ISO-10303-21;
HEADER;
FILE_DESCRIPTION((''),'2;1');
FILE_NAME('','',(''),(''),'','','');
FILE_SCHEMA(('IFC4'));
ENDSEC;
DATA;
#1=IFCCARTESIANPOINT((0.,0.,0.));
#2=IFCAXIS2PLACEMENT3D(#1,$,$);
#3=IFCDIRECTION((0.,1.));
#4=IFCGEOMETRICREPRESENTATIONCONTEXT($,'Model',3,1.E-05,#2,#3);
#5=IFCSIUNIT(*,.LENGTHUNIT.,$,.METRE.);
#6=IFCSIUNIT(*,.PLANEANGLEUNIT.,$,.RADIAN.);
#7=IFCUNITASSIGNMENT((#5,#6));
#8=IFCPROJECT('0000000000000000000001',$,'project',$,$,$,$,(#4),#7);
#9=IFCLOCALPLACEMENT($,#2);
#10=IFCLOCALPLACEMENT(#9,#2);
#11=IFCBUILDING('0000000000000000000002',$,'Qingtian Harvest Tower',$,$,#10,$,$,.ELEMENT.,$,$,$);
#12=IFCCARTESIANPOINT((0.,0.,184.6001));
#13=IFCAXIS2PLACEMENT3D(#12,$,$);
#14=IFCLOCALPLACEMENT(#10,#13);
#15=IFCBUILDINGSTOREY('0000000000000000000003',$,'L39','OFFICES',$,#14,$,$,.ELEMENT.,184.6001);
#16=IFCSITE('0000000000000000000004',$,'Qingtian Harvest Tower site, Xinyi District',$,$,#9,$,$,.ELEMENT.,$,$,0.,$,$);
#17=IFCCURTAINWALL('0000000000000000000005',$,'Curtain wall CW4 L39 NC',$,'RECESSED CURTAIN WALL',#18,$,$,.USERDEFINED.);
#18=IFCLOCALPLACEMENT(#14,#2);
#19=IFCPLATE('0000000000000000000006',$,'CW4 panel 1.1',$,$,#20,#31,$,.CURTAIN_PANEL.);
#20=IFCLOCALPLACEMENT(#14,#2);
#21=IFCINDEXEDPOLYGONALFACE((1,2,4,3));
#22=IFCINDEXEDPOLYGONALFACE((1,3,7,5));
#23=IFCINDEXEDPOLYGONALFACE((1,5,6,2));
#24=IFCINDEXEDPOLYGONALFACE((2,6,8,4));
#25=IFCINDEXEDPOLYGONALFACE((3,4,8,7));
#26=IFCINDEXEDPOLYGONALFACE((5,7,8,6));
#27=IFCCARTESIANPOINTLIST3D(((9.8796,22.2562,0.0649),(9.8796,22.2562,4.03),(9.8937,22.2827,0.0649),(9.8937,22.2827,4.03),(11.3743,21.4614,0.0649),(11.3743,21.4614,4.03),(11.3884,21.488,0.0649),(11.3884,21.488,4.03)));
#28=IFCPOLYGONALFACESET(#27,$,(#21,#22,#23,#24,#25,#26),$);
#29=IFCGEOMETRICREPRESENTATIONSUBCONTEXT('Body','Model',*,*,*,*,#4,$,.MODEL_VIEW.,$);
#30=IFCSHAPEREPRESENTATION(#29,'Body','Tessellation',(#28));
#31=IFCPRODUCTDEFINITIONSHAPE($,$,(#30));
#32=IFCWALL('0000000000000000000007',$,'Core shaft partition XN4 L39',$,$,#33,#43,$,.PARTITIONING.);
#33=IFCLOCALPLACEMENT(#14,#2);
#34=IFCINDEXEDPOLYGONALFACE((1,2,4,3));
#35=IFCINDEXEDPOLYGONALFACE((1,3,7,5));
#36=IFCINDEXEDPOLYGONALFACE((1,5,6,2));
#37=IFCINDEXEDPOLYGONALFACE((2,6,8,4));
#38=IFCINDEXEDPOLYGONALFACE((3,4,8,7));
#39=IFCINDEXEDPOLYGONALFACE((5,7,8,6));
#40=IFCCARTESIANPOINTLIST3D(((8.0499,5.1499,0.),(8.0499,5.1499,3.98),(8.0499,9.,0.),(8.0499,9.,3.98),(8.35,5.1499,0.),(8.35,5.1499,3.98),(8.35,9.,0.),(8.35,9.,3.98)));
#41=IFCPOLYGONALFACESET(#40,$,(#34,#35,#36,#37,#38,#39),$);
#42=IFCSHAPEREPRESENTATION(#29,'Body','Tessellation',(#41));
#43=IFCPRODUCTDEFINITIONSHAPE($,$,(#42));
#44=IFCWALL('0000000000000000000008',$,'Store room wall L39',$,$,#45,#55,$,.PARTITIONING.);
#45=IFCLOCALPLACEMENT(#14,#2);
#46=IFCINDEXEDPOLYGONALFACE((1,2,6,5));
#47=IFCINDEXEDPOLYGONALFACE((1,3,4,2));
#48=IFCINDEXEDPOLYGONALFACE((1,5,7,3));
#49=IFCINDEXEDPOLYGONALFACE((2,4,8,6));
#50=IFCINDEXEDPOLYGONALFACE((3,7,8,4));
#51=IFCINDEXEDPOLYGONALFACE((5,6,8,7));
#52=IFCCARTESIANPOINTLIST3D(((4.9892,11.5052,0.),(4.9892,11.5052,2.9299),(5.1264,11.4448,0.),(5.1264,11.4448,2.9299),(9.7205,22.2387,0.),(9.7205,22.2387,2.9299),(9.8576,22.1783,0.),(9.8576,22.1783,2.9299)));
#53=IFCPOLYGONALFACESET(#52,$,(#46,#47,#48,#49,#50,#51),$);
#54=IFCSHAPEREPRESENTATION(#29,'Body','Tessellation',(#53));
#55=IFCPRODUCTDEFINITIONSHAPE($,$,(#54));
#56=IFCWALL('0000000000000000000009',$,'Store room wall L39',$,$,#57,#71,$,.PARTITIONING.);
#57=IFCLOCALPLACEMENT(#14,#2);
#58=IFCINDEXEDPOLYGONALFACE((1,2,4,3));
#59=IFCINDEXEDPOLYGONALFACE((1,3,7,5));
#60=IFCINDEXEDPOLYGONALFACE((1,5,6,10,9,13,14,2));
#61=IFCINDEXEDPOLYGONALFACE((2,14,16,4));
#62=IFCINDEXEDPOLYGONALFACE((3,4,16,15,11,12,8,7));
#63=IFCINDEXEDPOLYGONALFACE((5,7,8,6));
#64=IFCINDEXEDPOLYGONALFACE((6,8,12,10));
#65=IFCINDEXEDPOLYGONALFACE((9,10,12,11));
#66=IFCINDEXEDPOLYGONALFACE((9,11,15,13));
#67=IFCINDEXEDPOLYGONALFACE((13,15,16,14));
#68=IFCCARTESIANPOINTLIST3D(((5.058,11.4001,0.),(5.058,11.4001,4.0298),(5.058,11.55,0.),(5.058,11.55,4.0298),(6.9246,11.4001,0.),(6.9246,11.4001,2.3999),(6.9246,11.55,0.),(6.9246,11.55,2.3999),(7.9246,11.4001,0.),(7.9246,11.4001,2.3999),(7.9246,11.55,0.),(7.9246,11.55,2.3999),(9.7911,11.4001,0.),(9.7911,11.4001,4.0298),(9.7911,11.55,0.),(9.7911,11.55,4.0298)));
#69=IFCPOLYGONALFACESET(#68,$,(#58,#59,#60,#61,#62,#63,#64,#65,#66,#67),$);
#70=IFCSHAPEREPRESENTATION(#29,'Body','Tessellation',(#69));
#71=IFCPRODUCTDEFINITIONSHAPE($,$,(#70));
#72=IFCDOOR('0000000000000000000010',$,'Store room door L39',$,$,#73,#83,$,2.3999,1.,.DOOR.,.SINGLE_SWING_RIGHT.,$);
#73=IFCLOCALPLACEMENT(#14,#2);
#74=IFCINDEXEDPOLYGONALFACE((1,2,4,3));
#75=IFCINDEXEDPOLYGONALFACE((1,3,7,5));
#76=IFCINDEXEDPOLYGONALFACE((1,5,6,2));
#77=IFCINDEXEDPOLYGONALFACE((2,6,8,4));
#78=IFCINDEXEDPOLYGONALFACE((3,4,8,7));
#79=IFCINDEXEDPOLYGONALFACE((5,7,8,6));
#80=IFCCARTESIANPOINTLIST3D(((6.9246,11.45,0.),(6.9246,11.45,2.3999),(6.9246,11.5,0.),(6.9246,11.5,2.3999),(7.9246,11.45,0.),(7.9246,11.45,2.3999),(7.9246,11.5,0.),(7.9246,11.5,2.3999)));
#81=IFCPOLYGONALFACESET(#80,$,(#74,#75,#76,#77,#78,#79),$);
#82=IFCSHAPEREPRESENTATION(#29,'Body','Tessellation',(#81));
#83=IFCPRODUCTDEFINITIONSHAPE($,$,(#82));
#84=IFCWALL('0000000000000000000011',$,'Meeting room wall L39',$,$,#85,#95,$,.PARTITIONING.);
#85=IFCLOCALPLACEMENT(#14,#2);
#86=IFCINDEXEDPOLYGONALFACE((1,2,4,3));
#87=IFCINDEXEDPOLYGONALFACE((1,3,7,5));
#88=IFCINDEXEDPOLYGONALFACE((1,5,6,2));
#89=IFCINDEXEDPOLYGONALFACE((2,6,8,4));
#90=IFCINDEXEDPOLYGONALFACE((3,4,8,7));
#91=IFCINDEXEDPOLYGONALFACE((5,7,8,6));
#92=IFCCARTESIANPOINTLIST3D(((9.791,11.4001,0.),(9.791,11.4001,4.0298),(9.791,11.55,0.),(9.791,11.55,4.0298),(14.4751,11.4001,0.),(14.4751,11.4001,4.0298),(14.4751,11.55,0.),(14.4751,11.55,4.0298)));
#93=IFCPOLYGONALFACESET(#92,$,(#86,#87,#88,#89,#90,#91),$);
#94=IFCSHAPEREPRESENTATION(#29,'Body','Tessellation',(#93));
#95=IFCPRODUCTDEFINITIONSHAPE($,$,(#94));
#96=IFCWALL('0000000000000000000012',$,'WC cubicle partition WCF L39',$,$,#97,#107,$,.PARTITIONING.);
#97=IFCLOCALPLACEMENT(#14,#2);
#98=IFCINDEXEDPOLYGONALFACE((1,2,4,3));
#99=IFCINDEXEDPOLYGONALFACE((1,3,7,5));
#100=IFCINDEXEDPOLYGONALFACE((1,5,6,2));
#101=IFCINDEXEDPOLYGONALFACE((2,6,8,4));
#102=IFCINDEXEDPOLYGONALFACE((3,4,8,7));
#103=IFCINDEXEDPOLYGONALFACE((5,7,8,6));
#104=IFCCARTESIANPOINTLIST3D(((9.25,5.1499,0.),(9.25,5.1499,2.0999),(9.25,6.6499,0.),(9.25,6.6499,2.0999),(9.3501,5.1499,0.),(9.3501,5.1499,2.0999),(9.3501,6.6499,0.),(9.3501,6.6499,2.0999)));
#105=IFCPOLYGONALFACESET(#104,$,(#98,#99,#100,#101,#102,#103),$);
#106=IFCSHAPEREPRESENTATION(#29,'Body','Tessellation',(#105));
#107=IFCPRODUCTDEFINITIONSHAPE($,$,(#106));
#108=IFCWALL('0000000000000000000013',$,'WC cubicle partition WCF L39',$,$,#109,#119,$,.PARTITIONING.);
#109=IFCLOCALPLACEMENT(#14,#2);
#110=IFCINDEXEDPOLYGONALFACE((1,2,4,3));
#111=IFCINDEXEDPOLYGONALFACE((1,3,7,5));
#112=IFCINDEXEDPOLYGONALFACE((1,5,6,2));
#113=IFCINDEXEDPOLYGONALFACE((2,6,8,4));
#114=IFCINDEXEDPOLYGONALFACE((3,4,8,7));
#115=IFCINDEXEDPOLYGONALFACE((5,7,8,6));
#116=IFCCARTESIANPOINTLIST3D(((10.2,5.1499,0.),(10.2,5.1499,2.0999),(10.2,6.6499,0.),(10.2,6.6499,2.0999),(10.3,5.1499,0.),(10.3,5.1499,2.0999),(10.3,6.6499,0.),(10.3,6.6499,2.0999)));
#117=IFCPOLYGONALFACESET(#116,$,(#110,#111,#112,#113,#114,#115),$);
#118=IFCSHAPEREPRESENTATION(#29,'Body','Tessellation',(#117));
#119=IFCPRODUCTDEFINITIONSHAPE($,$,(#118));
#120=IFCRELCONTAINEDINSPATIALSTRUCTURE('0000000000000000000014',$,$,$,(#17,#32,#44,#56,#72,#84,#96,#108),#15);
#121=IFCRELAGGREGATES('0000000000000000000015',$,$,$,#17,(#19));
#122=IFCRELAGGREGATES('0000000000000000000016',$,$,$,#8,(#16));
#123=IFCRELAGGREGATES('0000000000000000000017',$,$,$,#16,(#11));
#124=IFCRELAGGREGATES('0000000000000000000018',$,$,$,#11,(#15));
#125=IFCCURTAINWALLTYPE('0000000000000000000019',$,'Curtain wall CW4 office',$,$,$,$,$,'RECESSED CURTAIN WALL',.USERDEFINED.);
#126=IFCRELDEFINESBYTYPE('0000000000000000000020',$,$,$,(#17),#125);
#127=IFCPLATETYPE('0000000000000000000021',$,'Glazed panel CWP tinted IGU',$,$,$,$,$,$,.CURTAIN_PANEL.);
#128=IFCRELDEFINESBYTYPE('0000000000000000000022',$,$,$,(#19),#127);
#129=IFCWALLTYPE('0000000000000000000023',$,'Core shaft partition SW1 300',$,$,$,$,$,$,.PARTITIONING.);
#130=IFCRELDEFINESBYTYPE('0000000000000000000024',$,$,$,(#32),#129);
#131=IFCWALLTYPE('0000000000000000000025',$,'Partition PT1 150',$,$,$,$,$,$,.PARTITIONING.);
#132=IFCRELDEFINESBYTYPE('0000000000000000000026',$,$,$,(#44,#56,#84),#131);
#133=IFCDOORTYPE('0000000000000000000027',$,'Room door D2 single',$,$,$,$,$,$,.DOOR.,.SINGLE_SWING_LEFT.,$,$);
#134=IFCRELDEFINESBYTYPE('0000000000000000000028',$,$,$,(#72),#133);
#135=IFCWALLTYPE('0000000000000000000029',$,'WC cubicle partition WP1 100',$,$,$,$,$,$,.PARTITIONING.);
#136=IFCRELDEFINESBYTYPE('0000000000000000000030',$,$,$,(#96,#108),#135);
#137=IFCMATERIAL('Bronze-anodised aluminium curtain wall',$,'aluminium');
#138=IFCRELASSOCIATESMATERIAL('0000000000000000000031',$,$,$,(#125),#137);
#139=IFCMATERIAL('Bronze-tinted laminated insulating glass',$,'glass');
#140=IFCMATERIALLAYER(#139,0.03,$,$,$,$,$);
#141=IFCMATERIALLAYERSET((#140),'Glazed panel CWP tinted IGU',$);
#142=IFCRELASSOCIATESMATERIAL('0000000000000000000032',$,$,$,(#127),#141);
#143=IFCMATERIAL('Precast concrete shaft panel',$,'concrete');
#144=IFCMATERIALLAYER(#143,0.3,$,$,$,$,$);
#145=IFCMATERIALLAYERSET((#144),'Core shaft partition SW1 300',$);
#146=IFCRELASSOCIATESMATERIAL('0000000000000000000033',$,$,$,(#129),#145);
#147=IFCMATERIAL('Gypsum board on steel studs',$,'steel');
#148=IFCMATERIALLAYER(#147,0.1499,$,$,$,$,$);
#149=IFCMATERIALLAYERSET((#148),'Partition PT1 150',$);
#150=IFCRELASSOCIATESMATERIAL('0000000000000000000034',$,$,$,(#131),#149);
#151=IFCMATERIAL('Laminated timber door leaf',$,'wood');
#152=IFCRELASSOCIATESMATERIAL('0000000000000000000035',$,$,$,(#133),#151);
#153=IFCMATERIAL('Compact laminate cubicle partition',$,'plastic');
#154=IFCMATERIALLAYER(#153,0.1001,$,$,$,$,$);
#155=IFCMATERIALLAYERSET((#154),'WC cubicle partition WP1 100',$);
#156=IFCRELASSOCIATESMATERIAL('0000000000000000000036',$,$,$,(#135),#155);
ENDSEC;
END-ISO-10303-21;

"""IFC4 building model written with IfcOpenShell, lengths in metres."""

from ifc_helpers import new_model, si_unit, direction, frame, frame_2d, origin, origin_2d, place, context, subcontext, project, spatial, rectangle, extrude, material, layer, layer_set, type_object, element, fill, aggregate, save


model = new_model("IFC4")

# Units and contexts
model_context = context("Model", 3, precision=1e-05, world=origin(), true_north=direction((0.0, 1.0)))
body_context = subcontext(model_context, "Body", "Model", "MODEL_VIEW")
ifc_project = project(units=[si_unit("LENGTHUNIT", "METRE"), si_unit("PLANEANGLEUNIT", "RADIAN")], contexts=[model_context])

# Site, building, storey
site_placement = place(None, origin())
site = spatial("IfcSite", under=ifc_project, at=site_placement, Name="Qingtian Harvest Tower site, Xinyi District", CompositionType="ELEMENT", RefElevation=0.0)
building_placement = place(site_placement, origin())
building = spatial("IfcBuilding", under=site, at=building_placement, Name="Qingtian Harvest Tower", CompositionType="ELEMENT")
storey_placement = place(building_placement, frame((0.0, 0.0, 184.6001)))
storey = spatial("IfcBuildingStorey", under=building, at=storey_placement, Name="L39", Description="OFFICES", CompositionType="ELEMENT", Elevation=184.6001)

# Curtain wall
ifc_material_1 = material(Name="Bronze-anodised aluminium curtain wall", Category="aluminium")
curtain_wall_type = type_object("IfcCurtainWallType", Name="Curtain wall CW4 office", ElementType="RECESSED CURTAIN WALL", PredefinedType="USERDEFINED", material=ifc_material_1)
curtain_wall_1_placement = place(storey_placement, origin())
curtain_wall_1 = element("IfcCurtainWall", 1, at=curtain_wall_1_placement, inside=storey, type_object=curtain_wall_type, Name="Curtain wall CW4 L39 NC", ObjectType="RECESSED CURTAIN WALL", PredefinedType="USERDEFINED")

# Plate
ifc_material_2 = material(Name="Bronze-tinted laminated insulating glass", Category="glass")
ifc_layer_1 = layer(ifc_material_2, 0.03)
ifc_layer_set_1 = layer_set([ifc_layer_1], Name="Glazed panel CWP tinted IGU")
plate_type = type_object("IfcPlateType", Name="Glazed panel CWP tinted IGU", PredefinedType="CURTAIN_PANEL", material=ifc_layer_set_1)
plate_1_placement = place(storey_placement, frame((10.634, 21.8721, 0.0649), z_axis=(0.0, 0.0, 1.0), x_axis=(0.882948, -0.469472, 0.0)))
plate_1 = element("IfcPlate", 2, at=plate_1_placement, type_object=plate_type, Name="CW4 panel 1.1", PredefinedType="CURTAIN_PANEL", context=body_context, shape_type="SweptSolid", body=[
    extrude(rectangle(XDim=1.6929, YDim=0.03, at=origin_2d()), origin(), (0.0, 0.0, 1.0), 3.9651),
])
aggregate(curtain_wall_1, [plate_1])

# Walls
ifc_material_3 = material(Name="Precast concrete shaft panel", Category="concrete")
ifc_layer_2 = layer(ifc_material_3, 0.3)
ifc_layer_set_2 = layer_set([ifc_layer_2], Name="Core shaft partition SW1 300")
wall_type_1 = type_object("IfcWallType", Name="Core shaft partition SW1 300", PredefinedType="PARTITIONING", material=ifc_layer_set_2)
wall_1_placement = place(storey_placement, frame((8.2, 5.1499, 0.0), z_axis=(0.0, 0.0, 1.0), x_axis=(0.0, 1.0, 0.0)))
element("IfcWall", 3, at=wall_1_placement, inside=storey, type_object=wall_type_1, Name="Core shaft partition XN4 L39", PredefinedType="PARTITIONING", context=body_context, shape_type="SweptSolid", body=[
    extrude(rectangle(XDim=3.8501, YDim=0.3, at=frame_2d((1.925, 0.0))), origin(), (0.0, 0.0, 1.0), 3.98),
])
ifc_material_4 = material(Name="Gypsum board on steel studs", Category="steel")
ifc_layer_3 = layer(ifc_material_4, 0.1499)
ifc_layer_set_3 = layer_set([ifc_layer_3], Name="Partition PT1 150")
wall_type_2 = type_object("IfcWallType", Name="Partition PT1 150", PredefinedType="PARTITIONING", material=ifc_layer_set_3)
wall_2_placement = place(storey_placement, frame((9.7891, 22.2085, 0.0), z_axis=(0.0, 0.0, 1.0), x_axis=(-0.403346, -0.915048, 0.0)))
element("IfcWall", 4, at=wall_2_placement, inside=storey, type_object=wall_type_2, Name="Store room wall L39", PredefinedType="PARTITIONING", context=body_context, shape_type="SweptSolid", body=[
    extrude(rectangle(XDim=11.73, YDim=0.1499, at=frame_2d((5.865, 0.0))), origin(), (0.0, 0.0, 1.0), 2.9299),
])

# Wall, opening, door
wall_3_placement = place(storey_placement, frame((5.0579, 11.4751, 0.0), z_axis=(0.0, 0.0, 1.0), x_axis=(1.0, 0.0, 0.0)))
wall_3 = element("IfcWall", 5, at=wall_3_placement, inside=storey, type_object=wall_type_2, Name="Store room wall L39", PredefinedType="PARTITIONING", context=body_context, shape_type="SweptSolid", body=[
    extrude(rectangle(XDim=4.7332, YDim=0.1499, at=frame_2d((2.3667, 0.0))), origin(), (0.0, 0.0, 1.0), 4.0298),
])
opening_placement = place(wall_3_placement, frame((1.8667, 0.0, 0.0)))
opening = element("IfcOpeningElement", 6, at=opening_placement, cuts=wall_3, PredefinedType="OPENING", context=body_context, shape_type="SweptSolid", body=[
    extrude(rectangle(XDim=1.0, YDim=2.3999, at=frame_2d((0.5, 1.2))), frame((0.0, 0.085, 0.0), z_axis=(0.0, -1.0, 0.0), x_axis=(1.0, 0.0, 0.0)), (0.0, 0.0, 1.0), 0.1699),
])
ifc_material_5 = material(Name="Laminated timber door leaf", Category="wood")
door_type = type_object("IfcDoorType", Name="Room door D2 single", OperationType="SINGLE_SWING_LEFT", PredefinedType="DOOR", material=ifc_material_5)
door_placement = place(opening_placement, origin())
door = element("IfcDoor", 7, at=door_placement, inside=storey, type_object=door_type, Name="Store room door L39", OperationType="SINGLE_SWING_RIGHT", OverallHeight=2.3999, OverallWidth=1.0, PredefinedType="DOOR", context=body_context, shape_type="SweptSolid", body=[
    extrude(rectangle(XDim=1.0, YDim=2.3999, at=frame_2d((0.5, 1.2))), frame((0.0, 0.0249, 0.0), z_axis=(0.0, -1.0, 0.0), x_axis=(1.0, 0.0, 0.0)), (0.0, 0.0, 1.0), 0.05),
])
fill(opening, door)

# Walls
wall_4_placement = place(storey_placement, frame((9.791, 11.4751, 0.0), z_axis=(0.0, 0.0, 1.0), x_axis=(1.0, 0.0, 0.0)))
element("IfcWall", 8, at=wall_4_placement, inside=storey, type_object=wall_type_2, Name="Meeting room wall L39", PredefinedType="PARTITIONING", context=body_context, shape_type="SweptSolid", body=[
    extrude(rectangle(XDim=4.6841, YDim=0.1499, at=frame_2d((2.342, 0.0))), origin(), (0.0, 0.0, 1.0), 4.0298),
])
ifc_material_6 = material(Name="Compact laminate cubicle partition", Category="plastic")
ifc_layer_4 = layer(ifc_material_6, 0.1001)
ifc_layer_set_4 = layer_set([ifc_layer_4], Name="WC cubicle partition WP1 100")
wall_type_3 = type_object("IfcWallType", Name="WC cubicle partition WP1 100", PredefinedType="PARTITIONING", material=ifc_layer_set_4)
for number, where, z_axis, x_axis, name in (
    (9, (9.3, 5.1499, 0.0), (0.0, 0.0, 1.0), (0.0, 1.0, 0.0), "WC cubicle partition WCF L39"),
    (10, (10.25, 5.1499, 0.0), (0.0, 0.0, 1.0), (0.0, 1.0, 0.0), "WC cubicle partition WCF L39"),
):
    element("IfcWall", number, at=place(storey_placement, frame(where, z_axis=z_axis, x_axis=x_axis)), inside=storey, type_object=wall_type_3, Name=name, PredefinedType="PARTITIONING", context=body_context, shape_type="SweptSolid", body=[
        extrude(rectangle(XDim=1.5, YDim=0.1001, at=frame_2d((0.75, 0.0))), origin(), (0.0, 0.0, 1.0), 2.0999),
    ])

save(model, "model.ifc")
